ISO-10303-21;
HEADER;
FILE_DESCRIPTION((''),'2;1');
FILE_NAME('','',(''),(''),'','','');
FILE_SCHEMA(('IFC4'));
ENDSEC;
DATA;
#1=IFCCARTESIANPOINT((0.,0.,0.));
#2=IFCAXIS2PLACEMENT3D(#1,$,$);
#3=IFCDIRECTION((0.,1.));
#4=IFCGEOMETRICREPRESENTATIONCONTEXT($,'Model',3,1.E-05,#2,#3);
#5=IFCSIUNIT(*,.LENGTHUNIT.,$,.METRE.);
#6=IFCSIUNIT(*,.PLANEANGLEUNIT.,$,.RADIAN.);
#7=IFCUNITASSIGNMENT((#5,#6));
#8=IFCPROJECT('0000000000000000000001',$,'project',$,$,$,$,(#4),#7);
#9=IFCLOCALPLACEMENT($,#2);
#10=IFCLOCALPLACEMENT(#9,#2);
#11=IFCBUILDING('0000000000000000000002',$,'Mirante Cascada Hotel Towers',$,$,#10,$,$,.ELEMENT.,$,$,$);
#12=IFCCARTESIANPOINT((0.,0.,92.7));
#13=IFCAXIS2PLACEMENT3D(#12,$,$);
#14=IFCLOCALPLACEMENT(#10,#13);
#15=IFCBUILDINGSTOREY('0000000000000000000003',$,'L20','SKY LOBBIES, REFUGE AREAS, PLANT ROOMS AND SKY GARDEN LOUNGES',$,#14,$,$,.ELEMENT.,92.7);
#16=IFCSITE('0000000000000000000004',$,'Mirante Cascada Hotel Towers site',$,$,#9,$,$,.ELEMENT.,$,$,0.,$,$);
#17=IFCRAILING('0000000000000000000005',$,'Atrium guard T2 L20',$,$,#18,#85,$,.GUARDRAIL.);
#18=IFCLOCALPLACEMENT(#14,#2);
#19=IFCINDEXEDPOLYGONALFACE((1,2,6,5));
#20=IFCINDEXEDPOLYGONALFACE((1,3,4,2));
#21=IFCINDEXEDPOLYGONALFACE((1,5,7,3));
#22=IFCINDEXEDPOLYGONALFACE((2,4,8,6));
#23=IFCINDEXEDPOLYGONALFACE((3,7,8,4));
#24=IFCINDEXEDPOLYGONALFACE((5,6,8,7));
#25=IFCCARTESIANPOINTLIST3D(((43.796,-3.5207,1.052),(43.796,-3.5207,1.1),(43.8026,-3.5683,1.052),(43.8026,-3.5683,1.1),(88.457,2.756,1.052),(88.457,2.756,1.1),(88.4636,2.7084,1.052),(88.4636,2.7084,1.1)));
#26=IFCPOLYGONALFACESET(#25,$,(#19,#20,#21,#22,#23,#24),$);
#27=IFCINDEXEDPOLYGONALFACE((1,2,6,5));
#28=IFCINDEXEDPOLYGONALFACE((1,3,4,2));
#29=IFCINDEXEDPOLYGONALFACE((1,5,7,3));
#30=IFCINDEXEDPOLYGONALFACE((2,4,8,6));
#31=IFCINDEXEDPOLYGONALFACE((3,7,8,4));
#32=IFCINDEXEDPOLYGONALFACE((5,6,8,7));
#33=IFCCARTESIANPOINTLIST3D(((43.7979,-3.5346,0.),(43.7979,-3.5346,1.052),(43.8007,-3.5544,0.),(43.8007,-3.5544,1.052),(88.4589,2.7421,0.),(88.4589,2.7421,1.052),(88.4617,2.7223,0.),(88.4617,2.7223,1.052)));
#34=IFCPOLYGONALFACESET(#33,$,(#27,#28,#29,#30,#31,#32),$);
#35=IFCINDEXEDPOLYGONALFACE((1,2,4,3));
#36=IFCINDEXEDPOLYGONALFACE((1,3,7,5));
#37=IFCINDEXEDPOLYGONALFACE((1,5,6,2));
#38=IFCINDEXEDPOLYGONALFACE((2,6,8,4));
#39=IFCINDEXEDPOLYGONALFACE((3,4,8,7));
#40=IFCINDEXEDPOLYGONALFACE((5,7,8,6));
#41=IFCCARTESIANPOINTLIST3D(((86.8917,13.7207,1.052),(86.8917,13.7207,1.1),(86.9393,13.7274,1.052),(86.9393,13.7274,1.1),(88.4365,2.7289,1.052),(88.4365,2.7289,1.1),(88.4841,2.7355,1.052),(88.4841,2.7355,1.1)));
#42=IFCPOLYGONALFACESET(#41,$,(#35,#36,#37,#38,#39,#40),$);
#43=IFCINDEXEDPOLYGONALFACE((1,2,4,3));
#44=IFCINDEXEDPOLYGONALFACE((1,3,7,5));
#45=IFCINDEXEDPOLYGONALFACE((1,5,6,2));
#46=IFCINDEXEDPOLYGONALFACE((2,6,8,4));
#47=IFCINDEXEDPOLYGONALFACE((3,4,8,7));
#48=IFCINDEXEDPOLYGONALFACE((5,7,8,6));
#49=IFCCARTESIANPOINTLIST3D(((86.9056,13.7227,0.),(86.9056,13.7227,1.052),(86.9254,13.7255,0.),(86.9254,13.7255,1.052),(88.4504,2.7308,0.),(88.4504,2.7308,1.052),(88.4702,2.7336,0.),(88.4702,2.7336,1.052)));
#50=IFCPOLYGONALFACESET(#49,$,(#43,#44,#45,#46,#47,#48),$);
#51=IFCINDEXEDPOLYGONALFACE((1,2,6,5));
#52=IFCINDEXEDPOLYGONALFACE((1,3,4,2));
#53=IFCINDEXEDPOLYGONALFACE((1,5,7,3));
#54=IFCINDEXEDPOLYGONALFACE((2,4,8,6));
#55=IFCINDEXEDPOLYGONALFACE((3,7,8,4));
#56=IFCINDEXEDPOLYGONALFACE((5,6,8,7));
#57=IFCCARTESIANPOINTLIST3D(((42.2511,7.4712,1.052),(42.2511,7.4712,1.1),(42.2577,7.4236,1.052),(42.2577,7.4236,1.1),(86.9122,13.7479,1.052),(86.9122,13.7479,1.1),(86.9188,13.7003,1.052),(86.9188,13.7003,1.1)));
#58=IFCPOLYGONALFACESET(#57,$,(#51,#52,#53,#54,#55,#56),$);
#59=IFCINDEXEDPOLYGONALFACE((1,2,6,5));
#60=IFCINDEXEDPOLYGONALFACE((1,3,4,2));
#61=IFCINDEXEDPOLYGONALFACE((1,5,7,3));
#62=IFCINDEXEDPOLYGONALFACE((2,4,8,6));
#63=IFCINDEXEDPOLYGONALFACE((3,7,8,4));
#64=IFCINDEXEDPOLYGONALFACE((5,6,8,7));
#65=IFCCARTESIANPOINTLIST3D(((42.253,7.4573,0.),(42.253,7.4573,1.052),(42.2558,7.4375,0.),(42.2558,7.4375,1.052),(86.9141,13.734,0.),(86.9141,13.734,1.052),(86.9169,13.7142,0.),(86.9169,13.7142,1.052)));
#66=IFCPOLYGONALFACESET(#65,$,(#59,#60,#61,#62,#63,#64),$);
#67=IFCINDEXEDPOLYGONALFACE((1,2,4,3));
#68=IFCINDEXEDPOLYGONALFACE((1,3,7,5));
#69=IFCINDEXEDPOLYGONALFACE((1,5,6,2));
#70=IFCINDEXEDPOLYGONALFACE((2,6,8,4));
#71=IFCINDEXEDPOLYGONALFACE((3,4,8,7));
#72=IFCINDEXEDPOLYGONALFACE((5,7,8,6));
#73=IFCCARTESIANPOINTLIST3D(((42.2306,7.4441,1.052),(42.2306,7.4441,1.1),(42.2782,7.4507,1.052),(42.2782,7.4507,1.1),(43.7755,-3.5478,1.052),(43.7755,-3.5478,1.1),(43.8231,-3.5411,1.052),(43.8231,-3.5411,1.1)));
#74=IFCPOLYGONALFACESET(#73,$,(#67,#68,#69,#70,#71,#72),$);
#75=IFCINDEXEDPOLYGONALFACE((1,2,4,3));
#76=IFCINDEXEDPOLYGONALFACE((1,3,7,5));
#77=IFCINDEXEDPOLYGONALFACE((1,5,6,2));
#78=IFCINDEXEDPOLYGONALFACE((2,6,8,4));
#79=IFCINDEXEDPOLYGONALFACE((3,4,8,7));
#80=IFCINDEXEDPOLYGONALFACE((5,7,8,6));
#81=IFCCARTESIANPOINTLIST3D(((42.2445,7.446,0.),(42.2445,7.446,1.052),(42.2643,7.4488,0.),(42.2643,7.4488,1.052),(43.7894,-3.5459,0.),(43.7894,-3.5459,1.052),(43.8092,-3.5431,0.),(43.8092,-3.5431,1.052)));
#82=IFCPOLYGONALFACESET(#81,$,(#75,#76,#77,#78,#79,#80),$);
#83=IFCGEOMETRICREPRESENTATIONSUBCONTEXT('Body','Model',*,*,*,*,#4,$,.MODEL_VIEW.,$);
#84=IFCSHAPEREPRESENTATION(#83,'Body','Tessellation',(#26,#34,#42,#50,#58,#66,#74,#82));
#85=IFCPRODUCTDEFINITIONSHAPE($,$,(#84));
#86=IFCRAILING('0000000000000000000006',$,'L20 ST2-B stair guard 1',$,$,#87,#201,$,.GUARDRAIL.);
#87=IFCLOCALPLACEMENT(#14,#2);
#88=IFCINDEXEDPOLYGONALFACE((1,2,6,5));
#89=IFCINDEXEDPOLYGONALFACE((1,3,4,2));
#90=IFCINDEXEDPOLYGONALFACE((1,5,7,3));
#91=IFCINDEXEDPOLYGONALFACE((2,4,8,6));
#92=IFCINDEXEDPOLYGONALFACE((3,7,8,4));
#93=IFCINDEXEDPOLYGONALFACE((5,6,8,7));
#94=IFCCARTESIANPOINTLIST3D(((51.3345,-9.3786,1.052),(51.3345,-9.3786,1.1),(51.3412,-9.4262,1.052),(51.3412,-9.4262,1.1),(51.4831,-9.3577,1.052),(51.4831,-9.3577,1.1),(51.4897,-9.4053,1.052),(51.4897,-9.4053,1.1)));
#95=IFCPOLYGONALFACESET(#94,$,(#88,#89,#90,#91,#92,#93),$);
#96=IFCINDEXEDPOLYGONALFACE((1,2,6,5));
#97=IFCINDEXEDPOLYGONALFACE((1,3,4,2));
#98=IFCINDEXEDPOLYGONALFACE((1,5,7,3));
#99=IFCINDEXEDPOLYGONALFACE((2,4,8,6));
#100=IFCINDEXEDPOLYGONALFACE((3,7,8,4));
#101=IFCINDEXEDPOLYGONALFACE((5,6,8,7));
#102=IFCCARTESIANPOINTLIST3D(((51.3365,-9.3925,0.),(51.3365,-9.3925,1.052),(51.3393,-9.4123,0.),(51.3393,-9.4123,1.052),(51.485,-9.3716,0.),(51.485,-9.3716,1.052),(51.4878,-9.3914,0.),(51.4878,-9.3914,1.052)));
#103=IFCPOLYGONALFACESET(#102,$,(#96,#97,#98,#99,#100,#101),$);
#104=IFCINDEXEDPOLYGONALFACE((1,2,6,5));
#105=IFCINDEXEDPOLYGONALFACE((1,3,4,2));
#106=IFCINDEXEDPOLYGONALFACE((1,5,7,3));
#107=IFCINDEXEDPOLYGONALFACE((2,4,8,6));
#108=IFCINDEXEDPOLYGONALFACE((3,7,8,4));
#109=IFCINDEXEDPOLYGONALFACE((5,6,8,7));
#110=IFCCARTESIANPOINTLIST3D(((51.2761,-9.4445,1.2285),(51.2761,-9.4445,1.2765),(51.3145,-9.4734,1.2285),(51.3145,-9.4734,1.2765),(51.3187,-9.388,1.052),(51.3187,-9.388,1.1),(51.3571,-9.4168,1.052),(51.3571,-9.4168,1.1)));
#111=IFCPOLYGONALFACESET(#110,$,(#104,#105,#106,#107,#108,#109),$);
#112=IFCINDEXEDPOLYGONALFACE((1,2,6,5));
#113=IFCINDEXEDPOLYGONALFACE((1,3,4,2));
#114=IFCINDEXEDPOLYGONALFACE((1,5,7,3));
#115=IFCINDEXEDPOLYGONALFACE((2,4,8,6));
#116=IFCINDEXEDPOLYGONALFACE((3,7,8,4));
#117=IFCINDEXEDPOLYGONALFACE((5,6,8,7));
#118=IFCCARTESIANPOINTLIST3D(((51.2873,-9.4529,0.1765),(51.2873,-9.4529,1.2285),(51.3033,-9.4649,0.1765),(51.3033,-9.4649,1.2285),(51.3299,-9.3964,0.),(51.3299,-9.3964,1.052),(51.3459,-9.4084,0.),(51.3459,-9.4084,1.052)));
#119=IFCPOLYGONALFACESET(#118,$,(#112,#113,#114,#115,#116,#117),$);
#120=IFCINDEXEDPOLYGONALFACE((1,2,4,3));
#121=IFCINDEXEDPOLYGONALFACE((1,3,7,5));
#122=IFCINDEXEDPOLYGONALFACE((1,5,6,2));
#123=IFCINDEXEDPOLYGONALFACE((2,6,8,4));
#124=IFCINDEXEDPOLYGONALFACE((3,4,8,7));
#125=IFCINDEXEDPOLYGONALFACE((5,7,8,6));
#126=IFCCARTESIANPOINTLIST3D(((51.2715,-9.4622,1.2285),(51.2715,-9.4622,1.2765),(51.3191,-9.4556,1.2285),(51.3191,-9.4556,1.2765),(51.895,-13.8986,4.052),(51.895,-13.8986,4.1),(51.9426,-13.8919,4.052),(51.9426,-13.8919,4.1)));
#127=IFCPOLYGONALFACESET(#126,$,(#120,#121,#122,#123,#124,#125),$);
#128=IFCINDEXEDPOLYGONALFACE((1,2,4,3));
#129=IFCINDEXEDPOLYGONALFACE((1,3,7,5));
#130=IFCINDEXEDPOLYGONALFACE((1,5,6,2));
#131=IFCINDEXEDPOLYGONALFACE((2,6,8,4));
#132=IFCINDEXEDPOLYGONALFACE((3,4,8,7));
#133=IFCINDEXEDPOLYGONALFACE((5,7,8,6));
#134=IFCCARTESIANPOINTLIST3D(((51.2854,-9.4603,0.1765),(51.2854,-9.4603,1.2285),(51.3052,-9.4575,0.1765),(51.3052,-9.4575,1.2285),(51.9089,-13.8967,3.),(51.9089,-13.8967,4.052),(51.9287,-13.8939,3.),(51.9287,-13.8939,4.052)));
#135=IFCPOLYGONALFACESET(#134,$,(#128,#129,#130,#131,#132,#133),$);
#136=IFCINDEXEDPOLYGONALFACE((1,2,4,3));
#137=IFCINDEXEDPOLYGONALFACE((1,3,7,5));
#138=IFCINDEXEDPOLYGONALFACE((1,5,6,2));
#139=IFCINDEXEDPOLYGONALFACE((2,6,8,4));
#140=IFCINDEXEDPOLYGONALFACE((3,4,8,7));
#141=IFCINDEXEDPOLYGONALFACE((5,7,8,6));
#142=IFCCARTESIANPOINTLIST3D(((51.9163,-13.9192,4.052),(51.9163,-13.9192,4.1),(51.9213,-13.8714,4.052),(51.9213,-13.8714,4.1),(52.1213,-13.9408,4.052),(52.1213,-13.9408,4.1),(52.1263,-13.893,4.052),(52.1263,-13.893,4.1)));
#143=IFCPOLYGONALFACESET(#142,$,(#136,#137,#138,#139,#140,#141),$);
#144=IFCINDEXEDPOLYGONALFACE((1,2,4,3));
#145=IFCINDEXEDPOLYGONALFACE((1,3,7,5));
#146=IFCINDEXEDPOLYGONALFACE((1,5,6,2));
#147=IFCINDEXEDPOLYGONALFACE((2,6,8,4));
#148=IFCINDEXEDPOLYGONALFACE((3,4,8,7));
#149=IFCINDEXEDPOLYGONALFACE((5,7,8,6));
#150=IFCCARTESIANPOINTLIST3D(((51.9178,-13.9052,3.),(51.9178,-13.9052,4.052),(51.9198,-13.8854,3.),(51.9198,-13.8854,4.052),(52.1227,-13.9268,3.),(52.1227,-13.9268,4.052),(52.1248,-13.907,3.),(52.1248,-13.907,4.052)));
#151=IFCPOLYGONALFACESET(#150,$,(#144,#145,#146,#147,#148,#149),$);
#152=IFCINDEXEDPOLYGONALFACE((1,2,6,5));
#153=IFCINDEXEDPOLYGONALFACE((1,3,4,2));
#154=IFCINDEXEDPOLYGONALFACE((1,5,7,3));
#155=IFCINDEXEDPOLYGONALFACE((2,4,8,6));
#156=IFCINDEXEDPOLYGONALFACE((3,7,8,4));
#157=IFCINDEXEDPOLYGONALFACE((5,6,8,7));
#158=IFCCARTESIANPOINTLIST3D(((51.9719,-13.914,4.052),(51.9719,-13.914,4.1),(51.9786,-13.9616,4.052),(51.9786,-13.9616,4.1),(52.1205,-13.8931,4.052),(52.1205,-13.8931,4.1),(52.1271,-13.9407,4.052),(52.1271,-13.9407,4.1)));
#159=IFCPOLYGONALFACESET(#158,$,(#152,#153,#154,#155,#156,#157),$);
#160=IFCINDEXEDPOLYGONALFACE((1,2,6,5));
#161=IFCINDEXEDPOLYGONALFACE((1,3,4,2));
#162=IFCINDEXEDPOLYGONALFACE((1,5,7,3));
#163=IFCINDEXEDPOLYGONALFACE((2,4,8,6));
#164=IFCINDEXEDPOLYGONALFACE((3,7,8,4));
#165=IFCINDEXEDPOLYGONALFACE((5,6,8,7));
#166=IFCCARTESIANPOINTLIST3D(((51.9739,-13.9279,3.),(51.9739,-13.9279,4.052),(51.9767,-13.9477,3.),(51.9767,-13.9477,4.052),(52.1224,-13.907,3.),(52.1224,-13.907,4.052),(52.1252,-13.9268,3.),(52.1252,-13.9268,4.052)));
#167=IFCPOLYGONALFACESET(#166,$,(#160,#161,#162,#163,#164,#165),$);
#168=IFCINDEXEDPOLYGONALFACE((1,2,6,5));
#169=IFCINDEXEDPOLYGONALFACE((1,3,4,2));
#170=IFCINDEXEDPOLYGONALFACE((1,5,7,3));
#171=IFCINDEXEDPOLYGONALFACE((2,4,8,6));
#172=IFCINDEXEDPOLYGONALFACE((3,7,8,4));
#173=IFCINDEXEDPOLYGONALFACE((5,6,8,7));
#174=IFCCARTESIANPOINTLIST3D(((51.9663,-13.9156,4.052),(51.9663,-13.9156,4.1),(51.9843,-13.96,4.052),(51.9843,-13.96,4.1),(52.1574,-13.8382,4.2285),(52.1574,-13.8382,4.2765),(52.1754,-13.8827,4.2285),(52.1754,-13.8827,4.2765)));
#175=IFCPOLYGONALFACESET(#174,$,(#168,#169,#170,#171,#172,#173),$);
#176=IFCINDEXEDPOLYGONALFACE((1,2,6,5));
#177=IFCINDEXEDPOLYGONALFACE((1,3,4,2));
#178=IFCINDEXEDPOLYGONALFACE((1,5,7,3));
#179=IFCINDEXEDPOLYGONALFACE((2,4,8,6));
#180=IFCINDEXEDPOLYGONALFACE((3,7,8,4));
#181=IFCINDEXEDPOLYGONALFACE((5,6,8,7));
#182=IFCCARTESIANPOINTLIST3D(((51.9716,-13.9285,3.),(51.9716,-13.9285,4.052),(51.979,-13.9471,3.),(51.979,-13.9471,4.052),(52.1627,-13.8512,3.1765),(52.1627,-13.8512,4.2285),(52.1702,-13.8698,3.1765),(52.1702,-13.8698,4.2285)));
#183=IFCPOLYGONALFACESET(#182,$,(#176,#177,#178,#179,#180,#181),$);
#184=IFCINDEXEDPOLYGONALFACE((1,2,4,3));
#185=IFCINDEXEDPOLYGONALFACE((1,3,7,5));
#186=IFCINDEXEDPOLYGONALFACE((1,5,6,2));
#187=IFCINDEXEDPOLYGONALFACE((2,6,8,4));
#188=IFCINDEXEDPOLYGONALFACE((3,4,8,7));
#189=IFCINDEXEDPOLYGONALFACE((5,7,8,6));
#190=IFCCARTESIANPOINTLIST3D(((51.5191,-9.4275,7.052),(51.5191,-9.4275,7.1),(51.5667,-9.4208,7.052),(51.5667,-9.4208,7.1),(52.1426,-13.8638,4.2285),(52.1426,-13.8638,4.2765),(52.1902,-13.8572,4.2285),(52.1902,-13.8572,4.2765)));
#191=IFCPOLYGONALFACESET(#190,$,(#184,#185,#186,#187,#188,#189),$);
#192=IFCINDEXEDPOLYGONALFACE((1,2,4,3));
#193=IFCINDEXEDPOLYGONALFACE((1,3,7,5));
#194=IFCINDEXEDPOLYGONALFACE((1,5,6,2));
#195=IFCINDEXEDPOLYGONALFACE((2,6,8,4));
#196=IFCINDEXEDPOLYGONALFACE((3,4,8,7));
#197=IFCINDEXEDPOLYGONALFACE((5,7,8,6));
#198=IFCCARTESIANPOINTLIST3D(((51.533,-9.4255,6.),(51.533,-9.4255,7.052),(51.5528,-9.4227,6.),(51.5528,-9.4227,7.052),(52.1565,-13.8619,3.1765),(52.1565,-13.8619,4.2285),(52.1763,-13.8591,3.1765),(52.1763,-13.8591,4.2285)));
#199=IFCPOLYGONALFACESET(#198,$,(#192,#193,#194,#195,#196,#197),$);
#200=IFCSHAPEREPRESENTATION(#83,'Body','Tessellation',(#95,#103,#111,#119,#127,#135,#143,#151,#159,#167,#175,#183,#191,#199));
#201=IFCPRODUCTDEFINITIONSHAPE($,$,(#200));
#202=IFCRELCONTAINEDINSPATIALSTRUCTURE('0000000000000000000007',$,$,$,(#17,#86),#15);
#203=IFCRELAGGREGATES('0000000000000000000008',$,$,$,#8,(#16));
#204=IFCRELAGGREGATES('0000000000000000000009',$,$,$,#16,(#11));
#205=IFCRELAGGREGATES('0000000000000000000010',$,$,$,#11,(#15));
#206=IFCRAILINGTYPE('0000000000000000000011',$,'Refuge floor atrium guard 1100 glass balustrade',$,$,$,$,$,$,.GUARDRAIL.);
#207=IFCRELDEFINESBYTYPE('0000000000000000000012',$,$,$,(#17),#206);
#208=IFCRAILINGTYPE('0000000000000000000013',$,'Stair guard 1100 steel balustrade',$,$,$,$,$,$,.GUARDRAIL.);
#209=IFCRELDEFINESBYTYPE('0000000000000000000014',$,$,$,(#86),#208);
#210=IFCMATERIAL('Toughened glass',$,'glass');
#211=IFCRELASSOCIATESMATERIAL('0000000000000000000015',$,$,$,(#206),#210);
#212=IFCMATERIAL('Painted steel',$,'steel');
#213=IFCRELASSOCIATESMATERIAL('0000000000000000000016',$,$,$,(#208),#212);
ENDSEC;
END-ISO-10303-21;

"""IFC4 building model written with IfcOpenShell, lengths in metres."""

from ifc_helpers import new_model, si_unit, direction, frame, origin, origin_2d, place, context, subcontext, project, spatial, rectangle, extrude, material, type_object, element, save


model = new_model("IFC4")

# Units and contexts
model_context = context("Model", 3, precision=1e-05, world=origin(), true_north=direction((0.0, 1.0)))
body_context = subcontext(model_context, "Body", "Model", "MODEL_VIEW")
ifc_project = project(units=[si_unit("LENGTHUNIT", "METRE"), si_unit("PLANEANGLEUNIT", "RADIAN")], contexts=[model_context])

# Site, building, storey
site_placement = place(None, origin())
site = spatial("IfcSite", under=ifc_project, at=site_placement, Name="Mirante Cascada Hotel Towers site", CompositionType="ELEMENT", RefElevation=0.0)
building_placement = place(site_placement, origin())
building = spatial("IfcBuilding", under=site, at=building_placement, Name="Mirante Cascada Hotel Towers", CompositionType="ELEMENT")
storey_placement = place(building_placement, frame((0.0, 0.0, 92.7)))
storey = spatial("IfcBuildingStorey", under=building, at=storey_placement, Name="L20", Description="SKY LOBBIES, REFUGE AREAS, PLANT ROOMS AND SKY GARDEN LOUNGES", CompositionType="ELEMENT", Elevation=92.7)

# Railings
ifc_material_1 = material(Name="Toughened glass", Category="glass")
railing_type_1 = type_object("IfcRailingType", Name="Refuge floor atrium guard 1100 glass balustrade", PredefinedType="GUARDRAIL", material=ifc_material_1)
railing_1_placement = place(storey_placement, frame((43.7993, -3.5445, 0.0)))
element("IfcRailing", 1, at=railing_1_placement, inside=storey, type_object=railing_type_1, Name="Atrium guard T2 L20", PredefinedType="GUARDRAIL", context=body_context, shape_type="SweptSolid", body=[
    extrude(rectangle(XDim=0.048, YDim=0.048, at=origin_2d()), frame((0.0, 0.0, 1.076), z_axis=(0.990268, 0.139173, 0.0), x_axis=(-0.139173, 0.990268, 0.0)), (0.0, 0.0, 1.0), 45.0999),
    extrude(rectangle(XDim=0.02, YDim=1.052, at=origin_2d()), frame((0.0, 0.0, 0.526), z_axis=(0.990268, 0.139173, 0.0), x_axis=(-0.139173, 0.990268, 0.0)), (0.0, 0.0, 1.0), 45.0999),
    extrude(rectangle(XDim=0.048, YDim=0.048, at=origin_2d()), frame((44.661, 6.2767, 1.076), z_axis=(-0.139172, 0.990268, 0.0), x_axis=(-0.990268, -0.139172, 0.0)), (0.0, 0.0, 1.0), 11.0999),
    extrude(rectangle(XDim=0.02, YDim=1.052, at=origin_2d()), frame((44.661, 6.2767, 0.526), z_axis=(-0.139172, 0.990268, 0.0), x_axis=(-0.990268, -0.139172, 0.0)), (0.0, 0.0, 1.0), 11.0999),
    extrude(rectangle(XDim=0.048, YDim=0.048, at=origin_2d()), frame((43.1162, 17.2686, 1.076), z_axis=(-0.990268, -0.139173, 0.0), x_axis=(0.139173, -0.990268, 0.0)), (0.0, 0.0, 1.0), 45.1),
    extrude(rectangle(XDim=0.02, YDim=1.052, at=origin_2d()), frame((43.1162, 17.2686, 0.526), z_axis=(-0.990268, -0.139173, 0.0), x_axis=(0.139173, -0.990268, 0.0)), (0.0, 0.0, 1.0), 45.1),
    extrude(rectangle(XDim=0.048, YDim=0.048, at=origin_2d()), frame((-1.5449, 10.9919, 1.076), z_axis=(0.139181, -0.990267, 0.0), x_axis=(0.990267, 0.139181, 0.0)), (0.0, 0.0, 1.0), 11.0999),
    extrude(rectangle(XDim=0.02, YDim=1.052, at=origin_2d()), frame((-1.5449, 10.9919, 0.526), z_axis=(0.139181, -0.990267, 0.0), x_axis=(0.990267, 0.139181, 0.0)), (0.0, 0.0, 1.0), 11.0999),
])
ifc_material_2 = material(Name="Painted steel", Category="steel")
railing_type_2 = type_object("IfcRailingType", Name="Stair guard 1100 steel balustrade", PredefinedType="GUARDRAIL", material=ifc_material_2)
railing_2_placement = place(storey_placement, frame((51.4864, -9.3815, 0.0)))
element("IfcRailing", 2, at=railing_2_placement, inside=storey, type_object=railing_type_2, Name="L20 ST2-B stair guard 1", PredefinedType="GUARDRAIL", context=body_context, shape_type="SweptSolid", body=[
    extrude(rectangle(XDim=0.048, YDim=0.048, at=origin_2d()), frame((0.0, 0.0, 1.076), z_axis=(-0.990241, -0.139367, 0.0), x_axis=(0.139367, -0.990241, 0.0)), (0.0, 0.0, 1.0), 0.15),
    extrude(rectangle(XDim=0.02, YDim=1.052, at=origin_2d()), frame((0.0, 0.0, 0.526), z_axis=(-0.990241, -0.139367, 0.0), x_axis=(0.139367, -0.990241, 0.0)), (0.0, 0.0, 1.0), 0.15),
    extrude(rectangle(XDim=0.048, YDim=0.048, at=origin_2d()), frame((-0.1485, -0.0209, 1.076), z_axis=(-0.602033, -0.798471, 0.0), x_axis=(0.798471, -0.602033, 0.0)), (0.0, 0.928186, 0.372117), 0.1902),
    extrude(rectangle(XDim=0.02, YDim=1.052, at=origin_2d()), frame((-0.1485, -0.0209, 0.526), z_axis=(-0.602033, -0.798471, 0.0), x_axis=(0.798471, -0.602033, 0.0)), (0.0, 0.928186, 0.372117), 0.1902),
    extrude(rectangle(XDim=0.048, YDim=0.048, at=origin_2d()), frame((-0.1911, -0.0774, 1.2525), z_axis=(0.139174, -0.990268, 0.0), x_axis=(0.990268, 0.139174, 0.0)), (0.0, 0.533186, 0.845998), 5.2955),
    extrude(rectangle(XDim=0.02, YDim=1.052, at=origin_2d()), frame((-0.1911, -0.0774, 0.7025), z_axis=(0.139174, -0.990268, 0.0), x_axis=(0.990268, 0.139174, 0.0)), (0.0, 0.533186, 0.845998), 5.2955),
    extrude(rectangle(XDim=0.048, YDim=0.048, at=origin_2d()), frame((0.4324, -4.5138, 4.076), z_axis=(0.994495, -0.104786, 0.0), x_axis=(0.104786, 0.994495, 0.0)), (0.0, 0.0, 1.0), 0.2061),
    extrude(rectangle(XDim=0.02, YDim=1.052, at=origin_2d()), frame((0.4324, -4.5138, 3.526), z_axis=(0.994495, -0.104786, 0.0), x_axis=(0.104786, 0.994495, 0.0)), (0.0, 0.0, 1.0), 0.2061),
    extrude(rectangle(XDim=0.048, YDim=0.048, at=origin_2d()), frame((0.6374, -4.5354, 4.076), z_axis=(-0.990241, -0.139367, 0.0), x_axis=(0.139367, -0.990241, 0.0)), (0.0, 0.0, 1.0), 0.15),
    extrude(rectangle(XDim=0.02, YDim=1.052, at=origin_2d()), frame((0.6374, -4.5354, 3.526), z_axis=(-0.990241, -0.139367, 0.0), x_axis=(0.139367, -0.990241, 0.0)), (0.0, 0.0, 1.0), 0.15),
    extrude(rectangle(XDim=0.048, YDim=0.048, at=origin_2d()), frame((0.4889, -4.5563, 4.076), z_axis=(0.927031, 0.374984, 0.0), x_axis=(-0.374984, 0.927031, 0.0)), (0.0, 0.650381, 0.759608), 0.2714),
    extrude(rectangle(XDim=0.02, YDim=1.052, at=origin_2d()), frame((0.4889, -4.5563, 3.526), z_axis=(0.927031, 0.374984, 0.0), x_axis=(-0.374984, 0.927031, 0.0)), (0.0, 0.650381, 0.759608), 0.2714),
    extrude(rectangle(XDim=0.048, YDim=0.048, at=origin_2d()), frame((0.68, -4.479, 4.2525), z_axis=(-0.139174, 0.990268, 0.0), x_axis=(-0.990268, -0.139174, 0.0)), (0.0, 0.533186, 0.845998), 5.2955),
    extrude(rectangle(XDim=0.02, YDim=1.052, at=origin_2d()), frame((0.68, -4.479, 3.7025), z_axis=(-0.139174, 0.990268, 0.0), x_axis=(-0.990268, -0.139174, 0.0)), (0.0, 0.533186, 0.845998), 5.2955),
])

save(model, "model.ifc")
